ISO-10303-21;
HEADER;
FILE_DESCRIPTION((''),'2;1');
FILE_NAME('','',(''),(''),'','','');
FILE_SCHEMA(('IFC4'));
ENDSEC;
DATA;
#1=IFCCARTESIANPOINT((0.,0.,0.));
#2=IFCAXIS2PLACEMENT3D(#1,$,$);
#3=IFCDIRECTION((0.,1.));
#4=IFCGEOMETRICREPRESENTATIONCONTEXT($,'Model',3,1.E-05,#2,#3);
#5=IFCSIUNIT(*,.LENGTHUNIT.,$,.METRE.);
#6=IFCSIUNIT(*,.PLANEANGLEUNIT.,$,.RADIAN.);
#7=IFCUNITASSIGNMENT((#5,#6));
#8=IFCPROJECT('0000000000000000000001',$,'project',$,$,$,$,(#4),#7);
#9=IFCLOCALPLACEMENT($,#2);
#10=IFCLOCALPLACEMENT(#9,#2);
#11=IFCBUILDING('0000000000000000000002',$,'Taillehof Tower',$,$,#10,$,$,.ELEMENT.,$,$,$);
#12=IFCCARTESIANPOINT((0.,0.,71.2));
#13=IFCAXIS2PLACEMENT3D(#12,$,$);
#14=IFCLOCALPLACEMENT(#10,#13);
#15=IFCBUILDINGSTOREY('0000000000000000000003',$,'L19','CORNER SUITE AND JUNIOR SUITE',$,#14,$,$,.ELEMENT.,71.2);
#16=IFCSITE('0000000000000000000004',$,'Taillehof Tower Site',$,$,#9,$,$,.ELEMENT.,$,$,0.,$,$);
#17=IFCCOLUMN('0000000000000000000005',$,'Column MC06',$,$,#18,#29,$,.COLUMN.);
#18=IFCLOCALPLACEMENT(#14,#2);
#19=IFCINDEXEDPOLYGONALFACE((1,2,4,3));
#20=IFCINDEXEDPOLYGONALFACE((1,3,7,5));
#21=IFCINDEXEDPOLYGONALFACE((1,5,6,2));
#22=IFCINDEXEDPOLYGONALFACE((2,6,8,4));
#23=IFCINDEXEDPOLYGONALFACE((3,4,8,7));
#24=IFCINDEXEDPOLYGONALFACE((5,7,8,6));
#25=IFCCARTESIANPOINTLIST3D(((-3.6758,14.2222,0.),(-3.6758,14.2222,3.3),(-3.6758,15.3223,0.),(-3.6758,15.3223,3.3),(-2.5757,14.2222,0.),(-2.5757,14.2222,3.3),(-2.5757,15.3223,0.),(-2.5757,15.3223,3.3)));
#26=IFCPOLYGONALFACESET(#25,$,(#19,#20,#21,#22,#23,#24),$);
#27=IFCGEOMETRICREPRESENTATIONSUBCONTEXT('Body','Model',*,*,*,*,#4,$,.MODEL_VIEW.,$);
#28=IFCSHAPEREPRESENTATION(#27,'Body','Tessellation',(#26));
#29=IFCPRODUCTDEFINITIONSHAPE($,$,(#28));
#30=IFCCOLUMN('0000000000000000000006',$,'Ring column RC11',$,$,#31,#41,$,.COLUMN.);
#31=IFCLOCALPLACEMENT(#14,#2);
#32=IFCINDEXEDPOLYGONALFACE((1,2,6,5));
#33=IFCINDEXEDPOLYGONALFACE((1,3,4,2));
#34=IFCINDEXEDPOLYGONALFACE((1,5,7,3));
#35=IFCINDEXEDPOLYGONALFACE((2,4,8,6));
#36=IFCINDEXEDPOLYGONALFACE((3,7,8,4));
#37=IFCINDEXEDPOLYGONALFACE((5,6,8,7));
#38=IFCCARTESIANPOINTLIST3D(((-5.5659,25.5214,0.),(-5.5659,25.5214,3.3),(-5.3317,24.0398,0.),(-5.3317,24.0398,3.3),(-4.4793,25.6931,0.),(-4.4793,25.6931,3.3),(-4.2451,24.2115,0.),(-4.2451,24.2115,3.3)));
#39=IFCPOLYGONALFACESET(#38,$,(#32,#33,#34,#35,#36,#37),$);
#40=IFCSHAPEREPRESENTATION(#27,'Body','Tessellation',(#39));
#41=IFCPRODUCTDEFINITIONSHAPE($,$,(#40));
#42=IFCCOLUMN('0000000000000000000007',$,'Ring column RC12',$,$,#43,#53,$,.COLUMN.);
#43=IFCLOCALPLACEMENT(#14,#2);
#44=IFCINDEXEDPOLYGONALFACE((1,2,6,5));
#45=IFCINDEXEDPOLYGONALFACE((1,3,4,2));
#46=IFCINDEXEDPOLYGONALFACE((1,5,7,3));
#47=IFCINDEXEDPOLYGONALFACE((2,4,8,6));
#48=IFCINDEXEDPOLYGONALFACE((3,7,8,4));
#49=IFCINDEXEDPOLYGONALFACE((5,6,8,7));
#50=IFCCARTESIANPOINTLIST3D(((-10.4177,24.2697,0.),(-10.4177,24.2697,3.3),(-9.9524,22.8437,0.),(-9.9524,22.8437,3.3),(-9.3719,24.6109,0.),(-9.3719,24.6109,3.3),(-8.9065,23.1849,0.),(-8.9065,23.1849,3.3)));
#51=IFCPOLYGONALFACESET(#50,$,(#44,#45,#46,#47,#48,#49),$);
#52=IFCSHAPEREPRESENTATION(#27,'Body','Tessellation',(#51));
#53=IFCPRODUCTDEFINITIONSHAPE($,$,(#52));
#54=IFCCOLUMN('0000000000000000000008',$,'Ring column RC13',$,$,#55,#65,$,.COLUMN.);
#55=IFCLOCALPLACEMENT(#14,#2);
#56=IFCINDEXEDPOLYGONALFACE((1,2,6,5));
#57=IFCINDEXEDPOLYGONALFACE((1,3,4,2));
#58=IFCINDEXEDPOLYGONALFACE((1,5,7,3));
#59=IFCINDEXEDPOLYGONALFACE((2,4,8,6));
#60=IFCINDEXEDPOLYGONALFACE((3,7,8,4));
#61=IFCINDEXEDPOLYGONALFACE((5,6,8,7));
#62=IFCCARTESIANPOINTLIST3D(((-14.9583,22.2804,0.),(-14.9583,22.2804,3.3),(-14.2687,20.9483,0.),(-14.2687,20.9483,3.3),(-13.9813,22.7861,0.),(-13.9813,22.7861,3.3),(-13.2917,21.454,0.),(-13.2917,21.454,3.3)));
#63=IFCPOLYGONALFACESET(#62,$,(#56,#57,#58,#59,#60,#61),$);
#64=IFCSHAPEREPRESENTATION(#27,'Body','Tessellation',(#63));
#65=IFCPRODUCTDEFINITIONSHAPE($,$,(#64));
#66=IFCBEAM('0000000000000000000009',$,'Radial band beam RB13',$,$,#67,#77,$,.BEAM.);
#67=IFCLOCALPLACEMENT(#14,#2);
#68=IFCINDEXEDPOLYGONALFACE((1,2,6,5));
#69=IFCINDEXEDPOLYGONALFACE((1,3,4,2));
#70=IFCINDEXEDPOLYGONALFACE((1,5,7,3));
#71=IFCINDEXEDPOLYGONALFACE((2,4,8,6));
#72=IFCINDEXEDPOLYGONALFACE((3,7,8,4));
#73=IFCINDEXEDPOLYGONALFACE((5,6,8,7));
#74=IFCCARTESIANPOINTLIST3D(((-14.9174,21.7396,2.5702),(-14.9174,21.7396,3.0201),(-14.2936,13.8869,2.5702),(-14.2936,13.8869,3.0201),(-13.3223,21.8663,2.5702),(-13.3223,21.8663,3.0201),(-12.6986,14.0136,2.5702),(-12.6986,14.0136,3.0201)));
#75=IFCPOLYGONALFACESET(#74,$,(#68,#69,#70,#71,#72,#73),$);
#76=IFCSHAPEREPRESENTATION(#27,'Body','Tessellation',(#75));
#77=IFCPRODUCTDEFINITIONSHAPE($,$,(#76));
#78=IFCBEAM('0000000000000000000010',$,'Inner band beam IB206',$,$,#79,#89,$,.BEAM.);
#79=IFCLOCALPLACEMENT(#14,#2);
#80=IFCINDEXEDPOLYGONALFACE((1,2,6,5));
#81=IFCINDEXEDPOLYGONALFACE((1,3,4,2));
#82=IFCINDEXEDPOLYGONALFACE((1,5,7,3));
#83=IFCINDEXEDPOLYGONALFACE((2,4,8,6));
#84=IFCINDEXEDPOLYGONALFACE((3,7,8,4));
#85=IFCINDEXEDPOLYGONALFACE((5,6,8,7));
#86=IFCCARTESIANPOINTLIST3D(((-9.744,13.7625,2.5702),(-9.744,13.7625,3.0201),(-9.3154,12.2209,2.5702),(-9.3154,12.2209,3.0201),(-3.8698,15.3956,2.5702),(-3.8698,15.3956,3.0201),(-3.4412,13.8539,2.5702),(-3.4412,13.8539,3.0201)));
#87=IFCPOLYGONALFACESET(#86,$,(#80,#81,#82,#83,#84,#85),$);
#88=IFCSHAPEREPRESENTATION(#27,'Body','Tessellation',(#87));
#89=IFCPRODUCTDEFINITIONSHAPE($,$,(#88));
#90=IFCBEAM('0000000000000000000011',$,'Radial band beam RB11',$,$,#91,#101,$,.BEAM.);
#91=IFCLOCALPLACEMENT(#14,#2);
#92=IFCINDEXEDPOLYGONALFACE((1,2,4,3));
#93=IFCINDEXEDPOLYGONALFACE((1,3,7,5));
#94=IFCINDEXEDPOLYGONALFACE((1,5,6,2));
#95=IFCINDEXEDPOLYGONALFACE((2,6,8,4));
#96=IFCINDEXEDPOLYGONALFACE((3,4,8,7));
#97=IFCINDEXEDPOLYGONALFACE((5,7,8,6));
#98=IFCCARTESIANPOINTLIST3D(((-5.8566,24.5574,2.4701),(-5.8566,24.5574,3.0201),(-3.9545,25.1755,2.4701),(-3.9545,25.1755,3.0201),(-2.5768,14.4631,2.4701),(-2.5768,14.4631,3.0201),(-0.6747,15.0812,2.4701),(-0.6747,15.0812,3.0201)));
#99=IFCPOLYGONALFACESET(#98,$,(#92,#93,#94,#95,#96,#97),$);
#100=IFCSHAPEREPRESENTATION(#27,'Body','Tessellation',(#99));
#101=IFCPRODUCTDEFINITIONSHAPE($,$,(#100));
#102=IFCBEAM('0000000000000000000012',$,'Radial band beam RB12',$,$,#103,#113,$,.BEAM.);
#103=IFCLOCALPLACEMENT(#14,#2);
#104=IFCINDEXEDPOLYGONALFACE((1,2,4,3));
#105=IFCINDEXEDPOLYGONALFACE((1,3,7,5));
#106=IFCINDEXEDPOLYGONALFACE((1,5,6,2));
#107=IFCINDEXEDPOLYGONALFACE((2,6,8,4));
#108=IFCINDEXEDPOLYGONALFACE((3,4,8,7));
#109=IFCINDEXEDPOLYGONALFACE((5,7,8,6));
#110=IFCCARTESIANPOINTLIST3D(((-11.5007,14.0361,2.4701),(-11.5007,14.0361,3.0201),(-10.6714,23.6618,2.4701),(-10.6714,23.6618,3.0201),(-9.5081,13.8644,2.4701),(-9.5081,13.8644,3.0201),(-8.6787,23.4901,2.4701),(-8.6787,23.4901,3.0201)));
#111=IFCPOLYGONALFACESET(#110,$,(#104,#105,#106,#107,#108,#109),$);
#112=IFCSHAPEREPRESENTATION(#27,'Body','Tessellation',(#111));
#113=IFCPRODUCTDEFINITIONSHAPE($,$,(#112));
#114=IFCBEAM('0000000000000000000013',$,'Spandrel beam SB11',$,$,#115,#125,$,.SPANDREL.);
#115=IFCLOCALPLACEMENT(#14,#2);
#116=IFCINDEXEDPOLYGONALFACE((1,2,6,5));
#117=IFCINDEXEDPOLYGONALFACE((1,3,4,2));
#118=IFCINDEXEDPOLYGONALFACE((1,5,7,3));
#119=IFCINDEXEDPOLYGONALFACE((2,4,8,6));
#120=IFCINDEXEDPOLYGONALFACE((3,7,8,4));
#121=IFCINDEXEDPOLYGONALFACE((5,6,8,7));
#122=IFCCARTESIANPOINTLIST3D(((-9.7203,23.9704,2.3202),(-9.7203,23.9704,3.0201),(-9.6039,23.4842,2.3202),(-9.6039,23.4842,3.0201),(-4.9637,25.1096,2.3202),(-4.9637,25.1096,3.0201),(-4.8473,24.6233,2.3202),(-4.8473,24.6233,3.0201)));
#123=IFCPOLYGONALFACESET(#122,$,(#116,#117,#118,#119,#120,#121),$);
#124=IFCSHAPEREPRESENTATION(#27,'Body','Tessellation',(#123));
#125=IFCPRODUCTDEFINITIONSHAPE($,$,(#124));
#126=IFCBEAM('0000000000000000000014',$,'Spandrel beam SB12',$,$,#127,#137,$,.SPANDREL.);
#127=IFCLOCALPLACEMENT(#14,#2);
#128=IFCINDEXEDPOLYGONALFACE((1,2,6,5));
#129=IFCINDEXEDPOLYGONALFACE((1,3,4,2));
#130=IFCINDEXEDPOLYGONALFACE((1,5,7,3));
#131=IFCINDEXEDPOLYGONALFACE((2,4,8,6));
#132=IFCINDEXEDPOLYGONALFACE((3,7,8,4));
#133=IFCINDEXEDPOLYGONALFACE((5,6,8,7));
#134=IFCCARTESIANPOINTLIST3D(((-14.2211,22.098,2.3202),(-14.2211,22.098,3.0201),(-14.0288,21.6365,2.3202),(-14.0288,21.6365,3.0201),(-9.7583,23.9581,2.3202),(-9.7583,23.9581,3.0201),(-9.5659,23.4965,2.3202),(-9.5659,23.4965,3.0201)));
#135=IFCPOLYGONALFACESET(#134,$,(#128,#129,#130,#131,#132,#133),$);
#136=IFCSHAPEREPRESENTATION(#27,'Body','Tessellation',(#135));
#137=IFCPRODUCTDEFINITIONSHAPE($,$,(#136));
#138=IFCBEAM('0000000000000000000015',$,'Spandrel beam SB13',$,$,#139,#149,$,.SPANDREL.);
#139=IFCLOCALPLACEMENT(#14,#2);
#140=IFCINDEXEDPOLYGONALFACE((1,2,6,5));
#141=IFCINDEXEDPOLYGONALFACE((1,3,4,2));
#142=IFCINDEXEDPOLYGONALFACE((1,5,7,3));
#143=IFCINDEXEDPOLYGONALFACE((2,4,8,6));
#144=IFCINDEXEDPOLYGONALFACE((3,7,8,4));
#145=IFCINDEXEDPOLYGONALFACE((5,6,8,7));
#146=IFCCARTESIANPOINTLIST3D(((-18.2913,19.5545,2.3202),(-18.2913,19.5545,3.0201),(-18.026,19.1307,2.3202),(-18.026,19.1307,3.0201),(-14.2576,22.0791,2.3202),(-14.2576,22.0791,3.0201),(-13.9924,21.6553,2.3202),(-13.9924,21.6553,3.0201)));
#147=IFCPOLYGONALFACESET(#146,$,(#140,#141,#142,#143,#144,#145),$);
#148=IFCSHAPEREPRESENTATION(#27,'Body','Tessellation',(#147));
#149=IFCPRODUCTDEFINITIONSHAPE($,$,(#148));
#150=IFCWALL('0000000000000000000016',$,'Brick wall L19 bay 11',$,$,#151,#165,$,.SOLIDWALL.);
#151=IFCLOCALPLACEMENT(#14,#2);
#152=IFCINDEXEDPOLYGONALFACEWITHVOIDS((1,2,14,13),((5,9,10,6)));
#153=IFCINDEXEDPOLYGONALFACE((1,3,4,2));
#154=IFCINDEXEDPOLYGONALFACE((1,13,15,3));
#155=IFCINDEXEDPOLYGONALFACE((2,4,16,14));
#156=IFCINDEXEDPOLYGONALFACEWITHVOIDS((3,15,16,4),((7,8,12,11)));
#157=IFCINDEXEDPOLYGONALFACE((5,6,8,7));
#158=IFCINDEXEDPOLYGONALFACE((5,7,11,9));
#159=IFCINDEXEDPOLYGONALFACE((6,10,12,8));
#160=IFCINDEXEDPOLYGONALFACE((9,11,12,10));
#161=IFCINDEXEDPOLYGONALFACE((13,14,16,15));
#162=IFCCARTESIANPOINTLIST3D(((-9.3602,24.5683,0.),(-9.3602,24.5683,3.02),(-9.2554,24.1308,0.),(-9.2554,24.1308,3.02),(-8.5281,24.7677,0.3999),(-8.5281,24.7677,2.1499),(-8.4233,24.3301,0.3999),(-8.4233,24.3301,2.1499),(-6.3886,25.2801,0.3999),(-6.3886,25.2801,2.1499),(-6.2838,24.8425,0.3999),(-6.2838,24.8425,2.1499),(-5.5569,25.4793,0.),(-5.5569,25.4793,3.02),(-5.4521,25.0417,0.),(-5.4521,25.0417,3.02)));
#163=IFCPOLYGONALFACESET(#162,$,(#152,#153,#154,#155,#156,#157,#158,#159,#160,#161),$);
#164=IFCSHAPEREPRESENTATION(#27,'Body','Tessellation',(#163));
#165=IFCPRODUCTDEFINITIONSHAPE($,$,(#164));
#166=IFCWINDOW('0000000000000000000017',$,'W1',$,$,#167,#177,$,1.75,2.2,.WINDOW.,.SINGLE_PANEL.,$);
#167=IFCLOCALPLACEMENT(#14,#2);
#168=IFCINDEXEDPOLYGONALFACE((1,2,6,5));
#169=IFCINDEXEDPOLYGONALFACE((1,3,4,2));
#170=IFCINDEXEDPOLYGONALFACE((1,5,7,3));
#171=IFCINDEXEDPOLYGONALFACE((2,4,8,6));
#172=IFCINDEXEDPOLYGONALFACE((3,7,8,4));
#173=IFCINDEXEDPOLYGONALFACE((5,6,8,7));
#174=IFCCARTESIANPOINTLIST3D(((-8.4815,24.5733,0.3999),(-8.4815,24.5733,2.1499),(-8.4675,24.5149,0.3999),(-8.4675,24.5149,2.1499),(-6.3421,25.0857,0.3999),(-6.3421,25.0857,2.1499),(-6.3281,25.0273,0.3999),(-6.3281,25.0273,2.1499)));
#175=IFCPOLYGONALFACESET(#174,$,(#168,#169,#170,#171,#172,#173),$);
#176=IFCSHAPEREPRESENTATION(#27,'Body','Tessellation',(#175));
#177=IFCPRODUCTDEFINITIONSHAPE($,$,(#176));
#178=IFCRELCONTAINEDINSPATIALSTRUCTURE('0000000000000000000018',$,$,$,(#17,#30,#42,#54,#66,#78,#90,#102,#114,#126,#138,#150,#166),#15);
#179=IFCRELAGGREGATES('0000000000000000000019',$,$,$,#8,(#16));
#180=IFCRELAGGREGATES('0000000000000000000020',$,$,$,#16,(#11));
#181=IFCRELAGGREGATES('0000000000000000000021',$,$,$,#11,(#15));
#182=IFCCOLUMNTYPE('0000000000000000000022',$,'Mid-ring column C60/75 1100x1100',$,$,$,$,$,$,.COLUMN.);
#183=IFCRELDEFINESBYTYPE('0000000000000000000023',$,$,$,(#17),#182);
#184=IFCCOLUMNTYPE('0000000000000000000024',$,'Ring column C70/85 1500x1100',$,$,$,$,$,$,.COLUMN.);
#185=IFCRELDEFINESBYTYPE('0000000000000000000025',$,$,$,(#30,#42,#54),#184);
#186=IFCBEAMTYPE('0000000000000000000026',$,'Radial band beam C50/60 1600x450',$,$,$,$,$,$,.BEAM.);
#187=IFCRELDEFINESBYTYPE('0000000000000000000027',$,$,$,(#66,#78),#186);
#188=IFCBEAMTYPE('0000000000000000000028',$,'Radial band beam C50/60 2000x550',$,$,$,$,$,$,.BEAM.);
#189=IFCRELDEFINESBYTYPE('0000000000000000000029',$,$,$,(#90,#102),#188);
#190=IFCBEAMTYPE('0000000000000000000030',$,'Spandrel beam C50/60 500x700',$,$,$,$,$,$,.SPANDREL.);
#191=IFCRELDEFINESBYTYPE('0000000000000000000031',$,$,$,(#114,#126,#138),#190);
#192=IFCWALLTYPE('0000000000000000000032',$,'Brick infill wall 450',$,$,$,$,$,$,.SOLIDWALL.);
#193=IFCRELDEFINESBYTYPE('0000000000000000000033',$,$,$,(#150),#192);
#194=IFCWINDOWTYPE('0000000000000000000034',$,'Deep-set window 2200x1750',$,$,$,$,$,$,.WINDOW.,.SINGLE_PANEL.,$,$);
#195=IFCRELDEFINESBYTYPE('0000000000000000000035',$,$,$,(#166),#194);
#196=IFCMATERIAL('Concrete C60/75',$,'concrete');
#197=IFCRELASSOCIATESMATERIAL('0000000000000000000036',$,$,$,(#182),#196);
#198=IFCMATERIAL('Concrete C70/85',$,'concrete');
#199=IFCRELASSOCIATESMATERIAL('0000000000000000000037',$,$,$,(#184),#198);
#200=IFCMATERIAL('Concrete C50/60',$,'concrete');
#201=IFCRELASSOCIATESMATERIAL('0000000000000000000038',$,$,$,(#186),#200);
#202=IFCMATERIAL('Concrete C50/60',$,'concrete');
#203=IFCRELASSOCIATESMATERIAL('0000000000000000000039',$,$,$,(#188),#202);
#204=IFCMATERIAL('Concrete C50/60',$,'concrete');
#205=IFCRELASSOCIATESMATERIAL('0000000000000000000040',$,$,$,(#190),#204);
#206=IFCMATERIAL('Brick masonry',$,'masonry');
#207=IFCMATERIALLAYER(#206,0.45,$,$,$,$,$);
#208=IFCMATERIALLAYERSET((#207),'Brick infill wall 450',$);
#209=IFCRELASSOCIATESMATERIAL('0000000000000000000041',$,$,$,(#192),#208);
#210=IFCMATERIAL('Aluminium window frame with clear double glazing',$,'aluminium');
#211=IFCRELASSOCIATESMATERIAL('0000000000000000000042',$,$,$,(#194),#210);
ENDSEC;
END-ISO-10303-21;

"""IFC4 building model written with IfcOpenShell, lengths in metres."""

from ifc_helpers import new_model, si_unit, direction, frame, frame_2d, origin, origin_2d, place, context, subcontext, project, spatial, rectangle, extrude, material, layer, layer_set, material_profile, profile_set, type_object, element, fill, save


model = new_model("IFC4")

# Units and contexts
model_context = context("Model", 3, precision=1e-05, world=origin(), true_north=direction((0.0, 1.0)))
body_context = subcontext(model_context, "Body", "Model", "MODEL_VIEW")
ifc_project = project(units=[si_unit("LENGTHUNIT", "METRE"), si_unit("PLANEANGLEUNIT", "RADIAN")], contexts=[model_context])

# Site, building, storey
site_placement = place(None, origin())
site = spatial("IfcSite", under=ifc_project, at=site_placement, Name="Taillehof Tower Site", CompositionType="ELEMENT", RefElevation=0.0)
building_placement = place(site_placement, origin())
building = spatial("IfcBuilding", under=site, at=building_placement, Name="Taillehof Tower", CompositionType="ELEMENT")
storey_placement = place(building_placement, frame((0.0, 0.0, 71.2)))
storey = spatial("IfcBuildingStorey", under=building, at=storey_placement, Name="L19", Description="CORNER SUITE AND JUNIOR SUITE", CompositionType="ELEMENT", Elevation=71.2)

# Columns
ifc_material_1 = material(Name="Concrete C60/75", Category="concrete")
ifc_material_profile_1 = material_profile(ifc_material_1, rectangle(XDim=1.1001, YDim=1.1001, at=origin_2d()), Name="RC 1100x1100")
ifc_profile_set_1 = profile_set([ifc_material_profile_1], Name="Concrete C60/75")
column_type_1 = type_object("IfcColumnType", Name="Mid-ring column C60/75 1100x1100", PredefinedType="COLUMN", material=ifc_profile_set_1)
column_placement = place(storey_placement, frame((-3.1257, 14.7722, 0.0), z_axis=(0.0, 0.0, 1.0), x_axis=(1.0, 0.0, 0.0)))
element("IfcColumn", 1, at=column_placement, inside=storey, type_object=column_type_1, Name="Column MC06", PredefinedType="COLUMN", context=body_context, shape_type="SweptSolid", body=[
    extrude(rectangle(XDim=1.1001, YDim=1.1001, at=origin_2d()), origin(), (0.0, 0.0, 1.0), 3.3),
])
ifc_material_2 = material(Name="Concrete C70/85", Category="concrete")
ifc_material_profile_2 = material_profile(ifc_material_2, rectangle(XDim=1.5, YDim=1.1001, at=origin_2d()), Name="RC 1500x1100")
ifc_profile_set_2 = profile_set([ifc_material_profile_2], Name="Concrete C70/85")
column_type_2 = type_object("IfcColumnType", Name="Ring column C70/85 1500x1100", PredefinedType="COLUMN", material=ifc_profile_set_2)
for number, where, z_axis, x_axis, name in (
    (2, (-4.9055, 24.8665, 0.0), (0.0, 0.0, 1.0), (-0.156147, 0.987734, 0.0), "Ring column RC11"),
    (3, (-9.6621, 23.7273, 0.0), (0.0, 0.0, 1.0), (-0.310219, 0.950665, 0.0), "Ring column RC12"),
    (4, (-14.125, 21.8672, 0.0), (0.0, 0.0, 1.0), (-0.459691, 0.888079, 0.0), "Ring column RC13"),
):
    element("IfcColumn", number, at=place(storey_placement, frame(where, z_axis=z_axis, x_axis=x_axis)), inside=storey, type_object=column_type_2, Name=name, PredefinedType="COLUMN", context=body_context, shape_type="SweptSolid", body=[
        extrude(rectangle(XDim=1.5, YDim=1.1001, at=origin_2d()), origin(), (0.0, 0.0, 1.0), 3.3),
    ])

# Beams
ifc_material_3 = material(Name="Concrete C50/60", Category="concrete")
ifc_material_profile_3 = material_profile(ifc_material_3, rectangle(XDim=1.6001, YDim=0.45, at=origin_2d()), Name="RC 1600x450")
ifc_profile_set_3 = profile_set([ifc_material_profile_3], Name="Concrete C50/60")
beam_type_1 = type_object("IfcBeamType", Name="Radial band beam C50/60 1600x450", PredefinedType="BEAM", material=ifc_profile_set_3)
beam_1_placement = place(storey_placement, frame((-14.1199, 21.803, 2.7952), z_axis=(0.079185, -0.99686, 0.0), x_axis=(0.99686, 0.079185, 0.0)))
element("IfcBeam", 5, at=beam_1_placement, inside=storey, type_object=beam_type_1, Name="Radial band beam RB13", PredefinedType="BEAM", context=body_context, shape_type="SweptSolid", body=[
    extrude(rectangle(XDim=1.6001, YDim=0.45, at=origin_2d()), origin(), (0.0, 0.0, 1.0), 7.8774),
])
beam_2_placement = place(storey_placement, frame((-3.6555, 14.6248, 2.7952), z_axis=(-0.963459, -0.267855, 0.0), x_axis=(0.267855, -0.963459, 0.0)))
element("IfcBeam", 6, at=beam_2_placement, inside=storey, type_object=beam_type_1, Name="Inner band beam IB206", PredefinedType="BEAM", context=body_context, shape_type="SweptSolid", body=[
    extrude(rectangle(XDim=1.6001, YDim=0.45, at=origin_2d()), origin(), (0.0, 0.0, 1.0), 6.0969),
])
ifc_material_4 = material(Name="Concrete C50/60", Category="concrete")
ifc_material_profile_4 = material_profile(ifc_material_4, rectangle(XDim=2.0, YDim=0.55, at=origin_2d()), Name="RC 2000x550")
ifc_profile_set_4 = profile_set([ifc_material_profile_4], Name="Concrete C50/60")
beam_type_2 = type_object("IfcBeamType", Name="Radial band beam C50/60 2000x550", PredefinedType="BEAM", material=ifc_profile_set_4)
beam_3_placement = place(storey_placement, frame((-4.9055, 24.8665, 2.7451), z_axis=(0.309014, -0.951057, 0.0), x_axis=(0.951057, 0.309014, 0.0)))
element("IfcBeam", 7, at=beam_3_placement, inside=storey, type_object=beam_type_2, Name="Radial band beam RB11", PredefinedType="BEAM", context=body_context, shape_type="SweptSolid", body=[
    extrude(rectangle(XDim=2.0, YDim=0.55, at=origin_2d()), origin(), (0.0, 0.0, 1.0), 10.6138),
])
beam_4_placement = place(storey_placement, frame((-9.675, 23.5759, 2.7451), z_axis=(-0.085841, -0.996309, 0.0), x_axis=(0.996309, -0.085841, 0.0)))
element("IfcBeam", 8, at=beam_4_placement, inside=storey, type_object=beam_type_2, Name="Radial band beam RB12", PredefinedType="BEAM", context=body_context, shape_type="SweptSolid", body=[
    extrude(rectangle(XDim=2.0, YDim=0.55, at=origin_2d()), origin(), (0.0, 0.0, 1.0), 9.6614),
])
ifc_material_5 = material(Name="Concrete C50/60", Category="concrete")
ifc_material_profile_5 = material_profile(ifc_material_5, rectangle(XDim=0.5, YDim=0.7, at=origin_2d()), Name="RC 500x700")
ifc_profile_set_5 = profile_set([ifc_material_profile_5], Name="Concrete C50/60")
beam_type_3 = type_object("IfcBeamType", Name="Spandrel beam C50/60 500x700", PredefinedType="SPANDREL", material=ifc_profile_set_5)
beam_5_placement = place(storey_placement, frame((-4.9055, 24.8665, 2.6702), z_axis=(-0.9725, -0.232905, 0.0), x_axis=(0.232905, -0.9725, 0.0)))
element("IfcBeam", 9, at=beam_5_placement, inside=storey, type_object=beam_type_3, Name="Spandrel beam SB11", PredefinedType="SPANDREL", context=body_context, shape_type="SweptSolid", body=[
    extrude(rectangle(XDim=0.5, YDim=0.7, at=origin_2d()), origin(), (0.0, 0.0, 1.0), 4.8911),
])
beam_6_placement = place(storey_placement, frame((-9.6621, 23.7273, 2.6702), z_axis=(-0.923035, -0.384716, 0.0), x_axis=(0.384716, -0.923035, 0.0)))
element("IfcBeam", 10, at=beam_6_placement, inside=storey, type_object=beam_type_3, Name="Spandrel beam SB12", PredefinedType="SPANDREL", context=body_context, shape_type="SweptSolid", body=[
    extrude(rectangle(XDim=0.5, YDim=0.7, at=origin_2d()), origin(), (0.0, 0.0, 1.0), 4.835),
])
beam_7_placement = place(storey_placement, frame((-14.125, 21.8672, 2.6702), z_axis=(-0.847658, -0.530543, 0.0), x_axis=(0.530543, -0.847658, 0.0)))
element("IfcBeam", 11, at=beam_7_placement, inside=storey, type_object=beam_type_3, Name="Spandrel beam SB13", PredefinedType="SPANDREL", context=body_context, shape_type="SweptSolid", body=[
    extrude(rectangle(XDim=0.5, YDim=0.7, at=origin_2d()), origin(), (0.0, 0.0, 1.0), 4.7585),
])

# Wall, opening, window
ifc_material_6 = material(Name="Brick masonry", Category="masonry")
ifc_layer_1 = layer(ifc_material_6, 0.45)
ifc_layer_set_1 = layer_set([ifc_layer_1], Name="Brick infill wall 450")
wall_type_1 = type_object("IfcWallType", Name="Brick infill wall 450", PredefinedType="SOLIDWALL", material=ifc_layer_set_1)
wall_1_placement = place(storey_placement, frame((-5.5044, 25.2605, 0.0), z_axis=(0.0, 0.0, 1.0), x_axis=(-0.972497, -0.232917, 0.0)))
wall_1 = element("IfcWall", 12, at=wall_1_placement, inside=storey, type_object=wall_type_1, Name="Brick wall L19 bay 11", PredefinedType="SOLIDWALL", context=body_context, shape_type="SweptSolid", body=[
    extrude(rectangle(XDim=3.9109, YDim=0.45, at=frame_2d((1.9556, 0.0))), origin(), (0.0, 0.0, 1.0), 3.02),
])
opening_1_placement = place(wall_1_placement, frame((0.8552, 0.0, 0.3999)))
opening_1 = element("IfcOpeningElement", 13, at=opening_1_placement, cuts=wall_1, PredefinedType="OPENING", context=body_context, shape_type="SweptSolid", body=[
    extrude(rectangle(XDim=2.2, YDim=1.75, at=frame_2d((1.1001, 0.875))), frame((0.0, 0.2349, 0.0), z_axis=(0.0, -1.0, 0.0), x_axis=(1.0, 0.0, 0.0)), (0.0, 0.0, 1.0), 0.47),
])
ifc_material_7 = material(Name="Aluminium window frame with clear double glazing", Category="aluminium")
window_type = type_object("IfcWindowType", Name="Deep-set window 2200x1750", PartitioningType="SINGLE_PANEL", PredefinedType="WINDOW", material=ifc_material_7)
window_1_placement = place(opening_1_placement, origin())
window_1 = element("IfcWindow", 14, at=window_1_placement, inside=storey, type_object=window_type, Name="W1", OverallHeight=1.75, OverallWidth=2.2, PartitioningType="SINGLE_PANEL", PredefinedType="WINDOW", context=body_context, shape_type="SweptSolid", body=[
    extrude(rectangle(XDim=2.2, YDim=1.75, at=frame_2d((1.1001, 0.875))), frame((0.0, 0.0349, 0.0), z_axis=(0.0, -1.0, 0.0), x_axis=(1.0, 0.0, 0.0)), (0.0, 0.0, 1.0), 0.0601),
])
fill(opening_1, window_1)

save(model, "model.ifc")
